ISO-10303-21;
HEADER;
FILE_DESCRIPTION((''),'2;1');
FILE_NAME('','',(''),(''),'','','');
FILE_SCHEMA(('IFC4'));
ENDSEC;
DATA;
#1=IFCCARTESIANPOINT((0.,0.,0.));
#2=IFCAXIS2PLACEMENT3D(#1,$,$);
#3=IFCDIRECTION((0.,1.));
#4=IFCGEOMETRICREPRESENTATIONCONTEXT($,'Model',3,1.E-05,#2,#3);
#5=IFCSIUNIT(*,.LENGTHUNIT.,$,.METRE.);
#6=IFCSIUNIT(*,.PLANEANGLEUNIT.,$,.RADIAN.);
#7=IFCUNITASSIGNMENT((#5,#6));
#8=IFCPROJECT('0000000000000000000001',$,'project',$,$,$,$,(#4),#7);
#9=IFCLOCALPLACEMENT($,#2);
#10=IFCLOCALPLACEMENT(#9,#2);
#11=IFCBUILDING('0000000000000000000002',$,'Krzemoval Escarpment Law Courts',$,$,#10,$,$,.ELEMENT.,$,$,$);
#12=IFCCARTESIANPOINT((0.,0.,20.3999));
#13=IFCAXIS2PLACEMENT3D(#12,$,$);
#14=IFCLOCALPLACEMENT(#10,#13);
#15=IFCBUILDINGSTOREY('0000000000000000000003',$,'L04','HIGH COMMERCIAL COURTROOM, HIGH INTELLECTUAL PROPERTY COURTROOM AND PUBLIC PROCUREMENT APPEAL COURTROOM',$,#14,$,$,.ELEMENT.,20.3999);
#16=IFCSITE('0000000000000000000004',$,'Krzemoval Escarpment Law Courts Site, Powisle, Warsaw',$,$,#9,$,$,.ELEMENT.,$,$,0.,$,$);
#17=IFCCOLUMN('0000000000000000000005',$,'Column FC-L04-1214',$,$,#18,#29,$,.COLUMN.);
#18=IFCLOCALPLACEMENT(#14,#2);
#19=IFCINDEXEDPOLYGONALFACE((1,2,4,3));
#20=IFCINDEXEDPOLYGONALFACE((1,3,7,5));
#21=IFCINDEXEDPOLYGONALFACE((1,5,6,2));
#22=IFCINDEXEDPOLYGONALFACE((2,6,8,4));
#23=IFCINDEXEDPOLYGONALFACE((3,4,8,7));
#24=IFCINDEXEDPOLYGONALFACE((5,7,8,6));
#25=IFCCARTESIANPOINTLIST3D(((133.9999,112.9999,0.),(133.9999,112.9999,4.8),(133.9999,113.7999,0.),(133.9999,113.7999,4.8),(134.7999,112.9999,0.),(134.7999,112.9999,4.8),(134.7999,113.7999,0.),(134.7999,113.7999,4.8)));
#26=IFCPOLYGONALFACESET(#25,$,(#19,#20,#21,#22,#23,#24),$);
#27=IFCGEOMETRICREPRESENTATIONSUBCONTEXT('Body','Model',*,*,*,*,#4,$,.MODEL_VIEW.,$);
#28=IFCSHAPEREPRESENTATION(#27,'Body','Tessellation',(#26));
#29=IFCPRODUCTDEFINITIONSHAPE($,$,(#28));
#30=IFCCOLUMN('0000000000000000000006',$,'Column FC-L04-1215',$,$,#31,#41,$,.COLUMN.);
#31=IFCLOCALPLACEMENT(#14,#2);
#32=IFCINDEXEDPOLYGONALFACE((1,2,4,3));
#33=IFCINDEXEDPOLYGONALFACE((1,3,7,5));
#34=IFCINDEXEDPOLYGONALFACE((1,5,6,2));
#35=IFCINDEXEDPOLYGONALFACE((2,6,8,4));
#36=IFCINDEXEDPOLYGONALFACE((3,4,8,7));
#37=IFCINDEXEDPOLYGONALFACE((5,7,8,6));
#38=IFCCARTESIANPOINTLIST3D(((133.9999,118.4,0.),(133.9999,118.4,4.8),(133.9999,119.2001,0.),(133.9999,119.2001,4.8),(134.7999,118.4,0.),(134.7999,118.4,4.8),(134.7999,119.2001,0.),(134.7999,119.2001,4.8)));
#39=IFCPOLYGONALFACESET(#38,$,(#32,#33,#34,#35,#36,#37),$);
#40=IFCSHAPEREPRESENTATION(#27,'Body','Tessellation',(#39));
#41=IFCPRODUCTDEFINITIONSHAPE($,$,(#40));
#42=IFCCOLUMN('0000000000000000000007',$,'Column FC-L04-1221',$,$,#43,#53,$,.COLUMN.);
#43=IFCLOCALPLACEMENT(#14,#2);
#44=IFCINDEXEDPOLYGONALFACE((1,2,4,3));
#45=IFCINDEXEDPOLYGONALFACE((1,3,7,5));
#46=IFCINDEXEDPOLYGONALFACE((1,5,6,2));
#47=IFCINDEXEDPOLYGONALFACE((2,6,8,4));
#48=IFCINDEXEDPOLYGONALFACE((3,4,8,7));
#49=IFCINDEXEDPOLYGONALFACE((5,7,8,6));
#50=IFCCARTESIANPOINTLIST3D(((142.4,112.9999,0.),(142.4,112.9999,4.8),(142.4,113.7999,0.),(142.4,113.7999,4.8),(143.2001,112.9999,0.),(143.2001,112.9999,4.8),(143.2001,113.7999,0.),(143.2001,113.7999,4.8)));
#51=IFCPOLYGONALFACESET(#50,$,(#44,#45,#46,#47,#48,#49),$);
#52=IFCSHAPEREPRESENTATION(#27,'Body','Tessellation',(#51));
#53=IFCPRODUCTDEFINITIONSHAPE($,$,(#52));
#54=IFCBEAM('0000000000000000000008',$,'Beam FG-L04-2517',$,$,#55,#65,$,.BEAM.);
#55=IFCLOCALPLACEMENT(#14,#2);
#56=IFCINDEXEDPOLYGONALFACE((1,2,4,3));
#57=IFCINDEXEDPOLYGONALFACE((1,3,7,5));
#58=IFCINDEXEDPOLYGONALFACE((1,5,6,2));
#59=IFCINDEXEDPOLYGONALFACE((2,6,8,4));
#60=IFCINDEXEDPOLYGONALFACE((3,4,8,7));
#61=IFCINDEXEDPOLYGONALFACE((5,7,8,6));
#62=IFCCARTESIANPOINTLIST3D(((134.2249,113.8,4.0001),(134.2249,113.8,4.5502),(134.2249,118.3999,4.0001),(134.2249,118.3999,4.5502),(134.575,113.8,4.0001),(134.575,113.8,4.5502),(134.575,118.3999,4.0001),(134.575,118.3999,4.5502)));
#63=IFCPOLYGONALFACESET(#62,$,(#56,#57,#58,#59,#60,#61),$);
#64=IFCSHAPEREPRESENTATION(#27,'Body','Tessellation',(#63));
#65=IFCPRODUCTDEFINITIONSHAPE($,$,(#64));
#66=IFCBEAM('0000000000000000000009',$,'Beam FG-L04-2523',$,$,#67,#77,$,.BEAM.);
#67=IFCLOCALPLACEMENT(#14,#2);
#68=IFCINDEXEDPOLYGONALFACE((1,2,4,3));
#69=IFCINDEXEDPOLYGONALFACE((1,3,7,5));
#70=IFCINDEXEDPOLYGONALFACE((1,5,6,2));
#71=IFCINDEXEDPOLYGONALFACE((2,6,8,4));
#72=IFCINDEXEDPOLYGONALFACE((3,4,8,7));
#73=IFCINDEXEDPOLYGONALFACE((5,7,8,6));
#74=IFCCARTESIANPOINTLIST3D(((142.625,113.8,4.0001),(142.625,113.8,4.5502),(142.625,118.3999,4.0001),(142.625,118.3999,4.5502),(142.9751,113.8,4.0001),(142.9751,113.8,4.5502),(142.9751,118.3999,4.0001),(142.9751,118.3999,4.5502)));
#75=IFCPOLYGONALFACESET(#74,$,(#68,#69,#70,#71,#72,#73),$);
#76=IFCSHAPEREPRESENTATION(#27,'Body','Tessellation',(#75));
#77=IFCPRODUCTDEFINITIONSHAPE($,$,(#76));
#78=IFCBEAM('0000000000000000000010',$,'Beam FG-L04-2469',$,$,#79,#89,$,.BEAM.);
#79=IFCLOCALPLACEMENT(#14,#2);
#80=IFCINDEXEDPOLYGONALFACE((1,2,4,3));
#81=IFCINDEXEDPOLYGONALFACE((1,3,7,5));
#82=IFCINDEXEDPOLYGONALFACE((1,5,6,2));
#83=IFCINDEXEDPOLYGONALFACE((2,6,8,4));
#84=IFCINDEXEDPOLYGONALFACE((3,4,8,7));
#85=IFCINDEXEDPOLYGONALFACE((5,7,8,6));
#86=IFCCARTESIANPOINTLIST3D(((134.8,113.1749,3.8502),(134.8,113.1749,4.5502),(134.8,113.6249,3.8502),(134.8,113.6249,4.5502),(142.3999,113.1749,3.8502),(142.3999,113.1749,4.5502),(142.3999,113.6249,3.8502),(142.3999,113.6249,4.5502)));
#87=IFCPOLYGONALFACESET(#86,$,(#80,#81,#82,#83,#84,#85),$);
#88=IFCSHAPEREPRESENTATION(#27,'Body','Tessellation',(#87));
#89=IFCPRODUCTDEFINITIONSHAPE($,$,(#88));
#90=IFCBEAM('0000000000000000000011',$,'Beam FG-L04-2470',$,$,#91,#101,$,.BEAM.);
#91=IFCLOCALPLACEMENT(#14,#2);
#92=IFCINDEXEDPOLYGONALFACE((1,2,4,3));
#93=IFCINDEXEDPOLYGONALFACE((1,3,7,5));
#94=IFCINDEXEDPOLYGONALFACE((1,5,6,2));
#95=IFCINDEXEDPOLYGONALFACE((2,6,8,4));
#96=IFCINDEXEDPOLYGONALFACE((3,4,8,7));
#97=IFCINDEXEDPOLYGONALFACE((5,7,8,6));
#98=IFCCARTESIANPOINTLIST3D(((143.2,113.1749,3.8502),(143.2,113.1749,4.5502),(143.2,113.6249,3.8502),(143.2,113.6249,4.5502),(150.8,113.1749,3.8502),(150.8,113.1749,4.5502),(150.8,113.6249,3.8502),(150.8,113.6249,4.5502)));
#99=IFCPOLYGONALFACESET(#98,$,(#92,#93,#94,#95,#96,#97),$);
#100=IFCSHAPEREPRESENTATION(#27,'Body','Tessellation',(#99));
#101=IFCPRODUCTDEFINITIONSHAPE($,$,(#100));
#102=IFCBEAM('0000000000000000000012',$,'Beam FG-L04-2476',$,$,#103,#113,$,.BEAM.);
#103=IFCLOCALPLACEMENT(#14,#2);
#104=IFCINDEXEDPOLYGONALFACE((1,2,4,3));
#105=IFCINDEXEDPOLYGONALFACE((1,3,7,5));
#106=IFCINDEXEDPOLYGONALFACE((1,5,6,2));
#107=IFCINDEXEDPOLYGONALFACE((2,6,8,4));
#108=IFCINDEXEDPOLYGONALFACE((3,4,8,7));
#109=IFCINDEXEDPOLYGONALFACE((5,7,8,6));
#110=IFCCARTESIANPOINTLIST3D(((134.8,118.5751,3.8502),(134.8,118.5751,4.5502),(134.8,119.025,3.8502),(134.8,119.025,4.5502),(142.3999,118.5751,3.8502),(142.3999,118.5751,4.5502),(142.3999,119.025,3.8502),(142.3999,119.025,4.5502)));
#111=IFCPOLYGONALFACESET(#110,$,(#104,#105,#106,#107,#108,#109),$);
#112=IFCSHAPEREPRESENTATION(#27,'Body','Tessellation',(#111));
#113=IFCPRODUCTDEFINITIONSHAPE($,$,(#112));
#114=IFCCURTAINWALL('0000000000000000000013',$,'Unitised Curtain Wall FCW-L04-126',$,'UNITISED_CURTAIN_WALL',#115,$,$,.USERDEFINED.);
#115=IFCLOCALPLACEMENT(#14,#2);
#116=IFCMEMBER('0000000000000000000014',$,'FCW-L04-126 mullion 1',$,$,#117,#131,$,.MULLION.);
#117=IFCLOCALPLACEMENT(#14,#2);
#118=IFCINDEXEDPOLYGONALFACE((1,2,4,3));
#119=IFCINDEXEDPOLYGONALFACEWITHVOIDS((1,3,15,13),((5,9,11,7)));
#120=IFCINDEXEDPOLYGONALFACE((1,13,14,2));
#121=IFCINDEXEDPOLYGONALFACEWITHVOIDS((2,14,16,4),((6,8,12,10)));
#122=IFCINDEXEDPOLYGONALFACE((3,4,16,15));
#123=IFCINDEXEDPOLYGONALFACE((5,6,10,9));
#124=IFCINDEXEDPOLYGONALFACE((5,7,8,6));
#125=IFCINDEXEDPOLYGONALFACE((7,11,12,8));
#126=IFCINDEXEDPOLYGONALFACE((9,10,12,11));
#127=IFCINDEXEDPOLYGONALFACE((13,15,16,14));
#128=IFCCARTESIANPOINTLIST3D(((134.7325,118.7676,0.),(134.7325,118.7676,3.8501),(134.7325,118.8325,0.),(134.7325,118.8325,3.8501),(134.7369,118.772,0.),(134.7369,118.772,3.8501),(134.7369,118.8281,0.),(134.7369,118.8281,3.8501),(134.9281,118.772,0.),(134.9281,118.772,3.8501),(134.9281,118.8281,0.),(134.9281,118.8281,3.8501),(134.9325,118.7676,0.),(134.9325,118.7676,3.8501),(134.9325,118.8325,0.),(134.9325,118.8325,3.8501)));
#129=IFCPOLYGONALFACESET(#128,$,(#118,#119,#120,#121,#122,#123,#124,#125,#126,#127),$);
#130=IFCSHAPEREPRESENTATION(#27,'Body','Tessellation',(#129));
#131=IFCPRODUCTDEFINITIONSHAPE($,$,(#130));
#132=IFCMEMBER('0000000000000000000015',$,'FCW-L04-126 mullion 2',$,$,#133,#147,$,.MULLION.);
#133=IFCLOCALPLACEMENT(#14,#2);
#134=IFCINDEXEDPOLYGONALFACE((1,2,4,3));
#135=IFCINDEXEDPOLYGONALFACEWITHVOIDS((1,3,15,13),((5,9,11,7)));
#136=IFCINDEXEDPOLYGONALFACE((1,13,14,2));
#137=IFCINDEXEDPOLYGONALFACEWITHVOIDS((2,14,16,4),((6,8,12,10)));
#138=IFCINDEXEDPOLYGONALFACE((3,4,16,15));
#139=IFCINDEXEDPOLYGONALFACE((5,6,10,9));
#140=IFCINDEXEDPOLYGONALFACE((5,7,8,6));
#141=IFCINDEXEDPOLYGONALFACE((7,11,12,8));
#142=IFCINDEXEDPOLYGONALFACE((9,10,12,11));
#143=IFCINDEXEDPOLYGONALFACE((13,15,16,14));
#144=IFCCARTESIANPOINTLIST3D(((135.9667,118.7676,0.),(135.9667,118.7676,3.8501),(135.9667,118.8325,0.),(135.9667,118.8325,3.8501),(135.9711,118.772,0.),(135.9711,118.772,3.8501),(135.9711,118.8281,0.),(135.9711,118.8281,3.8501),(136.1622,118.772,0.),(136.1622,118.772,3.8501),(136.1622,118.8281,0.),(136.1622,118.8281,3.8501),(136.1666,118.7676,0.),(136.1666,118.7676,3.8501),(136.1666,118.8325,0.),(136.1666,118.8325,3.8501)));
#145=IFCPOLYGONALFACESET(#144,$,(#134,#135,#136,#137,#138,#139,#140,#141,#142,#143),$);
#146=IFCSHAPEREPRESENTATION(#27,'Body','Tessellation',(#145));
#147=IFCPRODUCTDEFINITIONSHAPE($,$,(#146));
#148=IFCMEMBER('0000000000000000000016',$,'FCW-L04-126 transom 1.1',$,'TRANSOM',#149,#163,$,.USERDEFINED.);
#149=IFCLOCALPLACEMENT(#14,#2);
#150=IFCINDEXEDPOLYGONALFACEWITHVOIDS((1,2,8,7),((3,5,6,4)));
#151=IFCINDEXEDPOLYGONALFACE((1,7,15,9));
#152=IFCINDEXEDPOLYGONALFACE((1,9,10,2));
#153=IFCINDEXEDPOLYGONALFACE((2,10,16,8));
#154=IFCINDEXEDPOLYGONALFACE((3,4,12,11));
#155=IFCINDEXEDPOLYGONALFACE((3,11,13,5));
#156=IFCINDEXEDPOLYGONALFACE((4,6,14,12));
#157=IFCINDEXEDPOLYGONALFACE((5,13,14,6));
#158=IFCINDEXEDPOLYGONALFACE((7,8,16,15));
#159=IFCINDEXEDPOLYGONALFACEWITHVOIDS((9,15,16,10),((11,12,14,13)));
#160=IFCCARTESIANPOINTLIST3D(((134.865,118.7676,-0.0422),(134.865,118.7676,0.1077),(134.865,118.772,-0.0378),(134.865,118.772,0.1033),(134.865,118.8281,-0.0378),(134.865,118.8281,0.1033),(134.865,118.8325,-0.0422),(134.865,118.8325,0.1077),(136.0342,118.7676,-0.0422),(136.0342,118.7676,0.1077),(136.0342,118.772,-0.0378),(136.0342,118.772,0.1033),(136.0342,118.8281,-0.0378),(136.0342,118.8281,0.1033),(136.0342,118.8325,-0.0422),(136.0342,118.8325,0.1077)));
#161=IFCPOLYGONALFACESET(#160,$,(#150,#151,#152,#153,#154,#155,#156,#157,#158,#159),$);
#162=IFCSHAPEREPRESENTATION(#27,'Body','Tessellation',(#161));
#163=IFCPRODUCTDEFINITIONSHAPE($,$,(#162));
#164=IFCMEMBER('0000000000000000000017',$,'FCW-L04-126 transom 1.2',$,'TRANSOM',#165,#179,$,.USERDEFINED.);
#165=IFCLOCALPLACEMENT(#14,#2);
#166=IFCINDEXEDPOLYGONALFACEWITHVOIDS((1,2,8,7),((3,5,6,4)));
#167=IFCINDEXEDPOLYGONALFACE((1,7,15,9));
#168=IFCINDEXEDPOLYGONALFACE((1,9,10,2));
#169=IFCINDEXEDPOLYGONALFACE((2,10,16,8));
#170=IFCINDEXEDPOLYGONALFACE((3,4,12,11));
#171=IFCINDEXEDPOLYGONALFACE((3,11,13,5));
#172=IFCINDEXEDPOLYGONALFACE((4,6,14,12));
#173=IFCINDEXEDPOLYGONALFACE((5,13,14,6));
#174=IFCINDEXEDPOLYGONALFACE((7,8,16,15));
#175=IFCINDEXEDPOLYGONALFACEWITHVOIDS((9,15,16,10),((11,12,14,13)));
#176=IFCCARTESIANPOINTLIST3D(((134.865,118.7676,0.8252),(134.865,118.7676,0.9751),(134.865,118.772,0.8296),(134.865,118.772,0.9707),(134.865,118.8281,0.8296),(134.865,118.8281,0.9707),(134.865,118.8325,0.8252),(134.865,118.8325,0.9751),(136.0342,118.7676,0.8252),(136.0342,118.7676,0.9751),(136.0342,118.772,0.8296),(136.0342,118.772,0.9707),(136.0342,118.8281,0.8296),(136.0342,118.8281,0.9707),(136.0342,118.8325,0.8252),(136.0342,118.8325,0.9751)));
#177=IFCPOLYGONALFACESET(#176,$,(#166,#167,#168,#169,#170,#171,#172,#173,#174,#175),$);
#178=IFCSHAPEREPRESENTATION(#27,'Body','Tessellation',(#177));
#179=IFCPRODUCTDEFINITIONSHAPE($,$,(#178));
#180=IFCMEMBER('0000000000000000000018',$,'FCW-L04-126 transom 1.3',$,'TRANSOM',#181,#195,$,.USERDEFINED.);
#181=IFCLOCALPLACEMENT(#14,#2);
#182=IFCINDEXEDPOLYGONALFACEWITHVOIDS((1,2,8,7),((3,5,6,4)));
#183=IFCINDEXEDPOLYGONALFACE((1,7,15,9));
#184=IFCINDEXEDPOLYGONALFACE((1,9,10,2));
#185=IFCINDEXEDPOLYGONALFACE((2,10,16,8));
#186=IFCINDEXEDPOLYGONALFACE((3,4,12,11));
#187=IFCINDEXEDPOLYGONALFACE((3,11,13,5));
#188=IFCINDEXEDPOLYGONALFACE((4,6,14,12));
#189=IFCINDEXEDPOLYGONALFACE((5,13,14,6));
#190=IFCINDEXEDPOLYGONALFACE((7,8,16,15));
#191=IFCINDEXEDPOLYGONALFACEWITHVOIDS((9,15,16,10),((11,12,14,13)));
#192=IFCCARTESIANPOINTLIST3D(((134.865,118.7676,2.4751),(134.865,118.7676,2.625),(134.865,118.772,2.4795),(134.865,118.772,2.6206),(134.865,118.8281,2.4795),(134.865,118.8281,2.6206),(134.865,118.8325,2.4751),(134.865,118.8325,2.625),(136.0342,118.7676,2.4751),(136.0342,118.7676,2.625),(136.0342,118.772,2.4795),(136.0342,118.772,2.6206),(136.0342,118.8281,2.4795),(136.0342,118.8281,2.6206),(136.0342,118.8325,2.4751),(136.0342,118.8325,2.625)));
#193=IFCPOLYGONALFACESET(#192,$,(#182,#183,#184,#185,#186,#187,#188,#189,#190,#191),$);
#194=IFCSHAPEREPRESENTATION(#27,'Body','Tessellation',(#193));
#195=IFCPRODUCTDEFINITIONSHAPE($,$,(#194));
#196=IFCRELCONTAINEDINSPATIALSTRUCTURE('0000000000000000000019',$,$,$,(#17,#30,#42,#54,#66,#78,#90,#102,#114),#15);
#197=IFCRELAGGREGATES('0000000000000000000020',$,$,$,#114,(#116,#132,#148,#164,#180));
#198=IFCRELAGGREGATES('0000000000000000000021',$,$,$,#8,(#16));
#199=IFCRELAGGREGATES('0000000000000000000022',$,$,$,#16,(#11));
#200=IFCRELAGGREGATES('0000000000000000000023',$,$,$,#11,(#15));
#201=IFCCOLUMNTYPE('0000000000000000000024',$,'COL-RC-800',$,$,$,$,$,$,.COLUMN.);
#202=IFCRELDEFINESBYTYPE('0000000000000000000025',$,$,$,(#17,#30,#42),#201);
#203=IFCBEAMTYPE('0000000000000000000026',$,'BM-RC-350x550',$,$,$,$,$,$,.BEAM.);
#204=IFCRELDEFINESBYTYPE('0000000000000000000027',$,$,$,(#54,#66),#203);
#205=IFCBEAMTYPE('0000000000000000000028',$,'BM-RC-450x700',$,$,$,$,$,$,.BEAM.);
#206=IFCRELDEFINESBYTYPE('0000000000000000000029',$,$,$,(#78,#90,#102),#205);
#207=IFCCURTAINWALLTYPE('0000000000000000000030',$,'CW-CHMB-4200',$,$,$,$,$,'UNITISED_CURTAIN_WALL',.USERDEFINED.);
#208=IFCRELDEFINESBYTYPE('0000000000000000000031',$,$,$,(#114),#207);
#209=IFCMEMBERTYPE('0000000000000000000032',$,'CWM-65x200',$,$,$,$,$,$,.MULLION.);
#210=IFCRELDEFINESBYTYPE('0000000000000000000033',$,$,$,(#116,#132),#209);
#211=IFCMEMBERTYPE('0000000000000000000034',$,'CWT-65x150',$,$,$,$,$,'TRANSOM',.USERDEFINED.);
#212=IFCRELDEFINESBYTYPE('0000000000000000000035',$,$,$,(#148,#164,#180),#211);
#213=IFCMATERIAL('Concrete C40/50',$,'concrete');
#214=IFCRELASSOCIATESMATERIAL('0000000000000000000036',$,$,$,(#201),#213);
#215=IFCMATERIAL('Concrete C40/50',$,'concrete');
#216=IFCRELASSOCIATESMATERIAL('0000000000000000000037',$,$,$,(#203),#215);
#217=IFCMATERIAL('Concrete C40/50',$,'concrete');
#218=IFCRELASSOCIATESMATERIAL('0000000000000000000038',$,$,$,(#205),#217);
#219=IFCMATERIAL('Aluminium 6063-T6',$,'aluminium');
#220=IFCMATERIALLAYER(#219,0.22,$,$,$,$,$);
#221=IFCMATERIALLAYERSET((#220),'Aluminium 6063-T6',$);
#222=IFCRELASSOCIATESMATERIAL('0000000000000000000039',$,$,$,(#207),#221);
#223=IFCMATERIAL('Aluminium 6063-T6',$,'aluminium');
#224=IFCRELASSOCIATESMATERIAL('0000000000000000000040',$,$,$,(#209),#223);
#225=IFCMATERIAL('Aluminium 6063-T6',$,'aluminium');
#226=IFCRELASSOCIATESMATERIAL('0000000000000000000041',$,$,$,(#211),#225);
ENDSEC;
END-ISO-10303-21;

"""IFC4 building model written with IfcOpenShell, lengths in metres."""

from ifc_helpers import new_model, si_unit, direction, frame, origin, origin_2d, place, context, subcontext, project, spatial, rectangle, hollow_rectangle, extrude, material, layer, layer_set, material_profile, profile_set, type_object, element, aggregate, save


model = new_model("IFC4")

# Units and contexts
model_context = context("Model", 3, precision=1e-05, world=origin(), true_north=direction((0.0, 1.0)))
body_context = subcontext(model_context, "Body", "Model", "MODEL_VIEW")
ifc_project = project(units=[si_unit("LENGTHUNIT", "METRE"), si_unit("PLANEANGLEUNIT", "RADIAN")], contexts=[model_context])

# Site, building, storey
site_placement = place(None, origin())
site = spatial("IfcSite", under=ifc_project, at=site_placement, Name="Krzemoval Escarpment Law Courts Site, Powisle, Warsaw", CompositionType="ELEMENT", RefElevation=0.0)
building_placement = place(site_placement, origin())
building = spatial("IfcBuilding", under=site, at=building_placement, Name="Krzemoval Escarpment Law Courts", CompositionType="ELEMENT")
storey_placement = place(building_placement, frame((0.0, 0.0, 20.3999)))
storey = spatial("IfcBuildingStorey", under=building, at=storey_placement, Name="L04", Description="HIGH COMMERCIAL COURTROOM, HIGH INTELLECTUAL PROPERTY COURTROOM AND PUBLIC PROCUREMENT APPEAL COURTROOM", CompositionType="ELEMENT", Elevation=20.3999)

# Columns
ifc_material_1 = material(Name="Concrete C40/50", Category="concrete")
ifc_material_profile_1 = material_profile(ifc_material_1, rectangle(XDim=0.8, YDim=0.8, at=origin_2d()), Name="RC 800x800")
ifc_profile_set_1 = profile_set([ifc_material_profile_1], Name="Concrete C40/50")
column_type = type_object("IfcColumnType", Name="COL-RC-800", PredefinedType="COLUMN", material=ifc_profile_set_1)
for number, where, z_axis, x_axis, name in (
    (1, (134.3999, 113.3999, 0.0), (0.0, 0.0, 1.0), (1.0, 0.0, 0.0), "Column FC-L04-1214"),
    (2, (134.3999, 118.8, 0.0), (0.0, 0.0, 1.0), (1.0, 0.0, 0.0), "Column FC-L04-1215"),
    (3, (142.8, 113.3999, 0.0), (0.0, 0.0, 1.0), (1.0, 0.0, 0.0), "Column FC-L04-1221"),
):
    element("IfcColumn", number, at=place(storey_placement, frame(where, z_axis=z_axis, x_axis=x_axis)), inside=storey, type_object=column_type, Name=name, PredefinedType="COLUMN", context=body_context, shape_type="SweptSolid", body=[
        extrude(rectangle(XDim=0.8, YDim=0.8, at=origin_2d()), origin(), (0.0, 0.0, 1.0), 4.8),
    ])

# Beams
ifc_material_2 = material(Name="Concrete C40/50", Category="concrete")
ifc_material_profile_2 = material_profile(ifc_material_2, rectangle(XDim=0.3501, YDim=0.55, at=origin_2d()), Name="RCB 350x550")
ifc_profile_set_2 = profile_set([ifc_material_profile_2], Name="Concrete C40/50")
beam_type_1 = type_object("IfcBeamType", Name="BM-RC-350x550", PredefinedType="BEAM", material=ifc_profile_set_2)
for number, where, z_axis, x_axis, name in (
    (4, (134.3999, 113.8, 4.2751), (0.0, 1.0, 0.0), (-1.0, 0.0, 0.0), "Beam FG-L04-2517"),
    (5, (142.8, 113.8, 4.2751), (0.0, 1.0, 0.0), (-1.0, 0.0, 0.0), "Beam FG-L04-2523"),
):
    element("IfcBeam", number, at=place(storey_placement, frame(where, z_axis=z_axis, x_axis=x_axis)), inside=storey, type_object=beam_type_1, Name=name, PredefinedType="BEAM", context=body_context, shape_type="SweptSolid", body=[
        extrude(rectangle(XDim=0.3501, YDim=0.55, at=origin_2d()), origin(), (0.0, 0.0, 1.0), 4.5999),
    ])
ifc_material_3 = material(Name="Concrete C40/50", Category="concrete")
ifc_material_profile_3 = material_profile(ifc_material_3, rectangle(XDim=0.45, YDim=0.7, at=origin_2d()), Name="RCB 450x700")
ifc_profile_set_3 = profile_set([ifc_material_profile_3], Name="Concrete C40/50")
beam_type_2 = type_object("IfcBeamType", Name="BM-RC-450x700", PredefinedType="BEAM", material=ifc_profile_set_3)
beam_1_placement = place(storey_placement, frame((134.8, 113.3999, 4.2002), z_axis=(1.0, 0.0, 0.0), x_axis=(0.0, 1.0, 0.0)))
element("IfcBeam", 6, at=beam_1_placement, inside=storey, type_object=beam_type_2, Name="Beam FG-L04-2469", PredefinedType="BEAM", context=body_context, shape_type="SweptSolid", body=[
    extrude(rectangle(XDim=0.45, YDim=0.7, at=origin_2d()), origin(), (0.0, 0.0, 1.0), 7.5999),
])
beam_2_placement = place(storey_placement, frame((143.2, 113.3999, 4.2002), z_axis=(1.0, 0.0, 0.0), x_axis=(0.0, 1.0, 0.0)))
element("IfcBeam", 7, at=beam_2_placement, inside=storey, type_object=beam_type_2, Name="Beam FG-L04-2470", PredefinedType="BEAM", context=body_context, shape_type="SweptSolid", body=[
    extrude(rectangle(XDim=0.45, YDim=0.7, at=origin_2d()), origin(), (0.0, 0.0, 1.0), 7.6001),
])
beam_3_placement = place(storey_placement, frame((134.8, 118.8, 4.2002), z_axis=(1.0, 0.0, 0.0), x_axis=(0.0, 1.0, 0.0)))
element("IfcBeam", 8, at=beam_3_placement, inside=storey, type_object=beam_type_2, Name="Beam FG-L04-2476", PredefinedType="BEAM", context=body_context, shape_type="SweptSolid", body=[
    extrude(rectangle(XDim=0.45, YDim=0.7, at=origin_2d()), origin(), (0.0, 0.0, 1.0), 7.5999),
])

# Curtain wall, members
ifc_material_4 = material(Name="Aluminium 6063-T6", Category="aluminium")
ifc_layer_1 = layer(ifc_material_4, 0.22)
ifc_layer_set_1 = layer_set([ifc_layer_1], Name="Aluminium 6063-T6")
curtain_wall_type = type_object("IfcCurtainWallType", Name="CW-CHMB-4200", ElementType="UNITISED_CURTAIN_WALL", PredefinedType="USERDEFINED", material=ifc_layer_set_1)
curtain_wall_placement = place(storey_placement, origin())
curtain_wall = element("IfcCurtainWall", 9, at=curtain_wall_placement, inside=storey, type_object=curtain_wall_type, Name="Unitised Curtain Wall FCW-L04-126", ObjectType="UNITISED_CURTAIN_WALL", PredefinedType="USERDEFINED")
ifc_material_5 = material(Name="Aluminium 6063-T6", Category="aluminium")
ifc_material_profile_4 = material_profile(ifc_material_5, hollow_rectangle(XDim=0.0649, YDim=0.2, WallThickness=0.0044, at=origin_2d()), Name="ALU M65x200")
ifc_profile_set_4 = profile_set([ifc_material_profile_4], Name="Aluminium 6063-T6")
member_type_1 = type_object("IfcMemberType", Name="CWM-65x200", PredefinedType="MULLION", material=ifc_profile_set_4)
member_1_placement = place(storey_placement, frame((134.8325, 118.8, 0.0), z_axis=(0.0, 0.0, 1.0), x_axis=(0.0, 1.0, 0.0)))
member_1 = element("IfcMember", 10, at=member_1_placement, type_object=member_type_1, Name="FCW-L04-126 mullion 1", PredefinedType="MULLION", context=body_context, shape_type="SweptSolid", body=[
    extrude(hollow_rectangle(XDim=0.0649, YDim=0.2, WallThickness=0.0044, at=origin_2d()), origin(), (0.0, 0.0, 1.0), 3.8501),
])
member_2_placement = place(storey_placement, frame((136.0667, 118.8, 0.0), z_axis=(0.0, 0.0, 1.0), x_axis=(0.0, 1.0, 0.0)))
member_2 = element("IfcMember", 11, at=member_2_placement, type_object=member_type_1, Name="FCW-L04-126 mullion 2", PredefinedType="MULLION", context=body_context, shape_type="SweptSolid", body=[
    extrude(hollow_rectangle(XDim=0.0649, YDim=0.2, WallThickness=0.0044, at=origin_2d()), origin(), (0.0, 0.0, 1.0), 3.8501),
])
ifc_material_6 = material(Name="Aluminium 6063-T6", Category="aluminium")
ifc_material_profile_5 = material_profile(ifc_material_6, hollow_rectangle(XDim=0.0649, YDim=0.1499, WallThickness=0.0044, at=origin_2d()), Name="ALU T65x150")
ifc_profile_set_5 = profile_set([ifc_material_profile_5], Name="Aluminium 6063-T6")
member_type_2 = type_object("IfcMemberType", Name="CWT-65x150", ElementType="TRANSOM", PredefinedType="USERDEFINED", material=ifc_profile_set_5)
member_3_placement = place(storey_placement, frame((134.865, 118.8, 0.0327), z_axis=(1.0, 0.0, 0.0), x_axis=(0.0, 1.0, 0.0)))
member_3 = element("IfcMember", 12, at=member_3_placement, type_object=member_type_2, Name="FCW-L04-126 transom 1.1", ObjectType="TRANSOM", PredefinedType="USERDEFINED", context=body_context, shape_type="SweptSolid", body=[
    extrude(hollow_rectangle(XDim=0.0649, YDim=0.1499, WallThickness=0.0044, at=origin_2d()), origin(), (0.0, 0.0, 1.0), 1.1692),
])
member_4_placement = place(storey_placement, frame((134.865, 118.8, 0.9001), z_axis=(1.0, 0.0, 0.0), x_axis=(0.0, 1.0, 0.0)))
member_4 = element("IfcMember", 13, at=member_4_placement, type_object=member_type_2, Name="FCW-L04-126 transom 1.2", ObjectType="TRANSOM", PredefinedType="USERDEFINED", context=body_context, shape_type="SweptSolid", body=[
    extrude(hollow_rectangle(XDim=0.0649, YDim=0.1499, WallThickness=0.0044, at=origin_2d()), origin(), (0.0, 0.0, 1.0), 1.1692),
])
member_5_placement = place(storey_placement, frame((134.865, 118.8, 2.55), z_axis=(1.0, 0.0, 0.0), x_axis=(0.0, 1.0, 0.0)))
member_5 = element("IfcMember", 14, at=member_5_placement, type_object=member_type_2, Name="FCW-L04-126 transom 1.3", ObjectType="TRANSOM", PredefinedType="USERDEFINED", context=body_context, shape_type="SweptSolid", body=[
    extrude(hollow_rectangle(XDim=0.0649, YDim=0.1499, WallThickness=0.0044, at=origin_2d()), origin(), (0.0, 0.0, 1.0), 1.1692),
])
aggregate(curtain_wall, [member_1, member_2, member_3, member_4, member_5])

save(model, "model.ifc")
